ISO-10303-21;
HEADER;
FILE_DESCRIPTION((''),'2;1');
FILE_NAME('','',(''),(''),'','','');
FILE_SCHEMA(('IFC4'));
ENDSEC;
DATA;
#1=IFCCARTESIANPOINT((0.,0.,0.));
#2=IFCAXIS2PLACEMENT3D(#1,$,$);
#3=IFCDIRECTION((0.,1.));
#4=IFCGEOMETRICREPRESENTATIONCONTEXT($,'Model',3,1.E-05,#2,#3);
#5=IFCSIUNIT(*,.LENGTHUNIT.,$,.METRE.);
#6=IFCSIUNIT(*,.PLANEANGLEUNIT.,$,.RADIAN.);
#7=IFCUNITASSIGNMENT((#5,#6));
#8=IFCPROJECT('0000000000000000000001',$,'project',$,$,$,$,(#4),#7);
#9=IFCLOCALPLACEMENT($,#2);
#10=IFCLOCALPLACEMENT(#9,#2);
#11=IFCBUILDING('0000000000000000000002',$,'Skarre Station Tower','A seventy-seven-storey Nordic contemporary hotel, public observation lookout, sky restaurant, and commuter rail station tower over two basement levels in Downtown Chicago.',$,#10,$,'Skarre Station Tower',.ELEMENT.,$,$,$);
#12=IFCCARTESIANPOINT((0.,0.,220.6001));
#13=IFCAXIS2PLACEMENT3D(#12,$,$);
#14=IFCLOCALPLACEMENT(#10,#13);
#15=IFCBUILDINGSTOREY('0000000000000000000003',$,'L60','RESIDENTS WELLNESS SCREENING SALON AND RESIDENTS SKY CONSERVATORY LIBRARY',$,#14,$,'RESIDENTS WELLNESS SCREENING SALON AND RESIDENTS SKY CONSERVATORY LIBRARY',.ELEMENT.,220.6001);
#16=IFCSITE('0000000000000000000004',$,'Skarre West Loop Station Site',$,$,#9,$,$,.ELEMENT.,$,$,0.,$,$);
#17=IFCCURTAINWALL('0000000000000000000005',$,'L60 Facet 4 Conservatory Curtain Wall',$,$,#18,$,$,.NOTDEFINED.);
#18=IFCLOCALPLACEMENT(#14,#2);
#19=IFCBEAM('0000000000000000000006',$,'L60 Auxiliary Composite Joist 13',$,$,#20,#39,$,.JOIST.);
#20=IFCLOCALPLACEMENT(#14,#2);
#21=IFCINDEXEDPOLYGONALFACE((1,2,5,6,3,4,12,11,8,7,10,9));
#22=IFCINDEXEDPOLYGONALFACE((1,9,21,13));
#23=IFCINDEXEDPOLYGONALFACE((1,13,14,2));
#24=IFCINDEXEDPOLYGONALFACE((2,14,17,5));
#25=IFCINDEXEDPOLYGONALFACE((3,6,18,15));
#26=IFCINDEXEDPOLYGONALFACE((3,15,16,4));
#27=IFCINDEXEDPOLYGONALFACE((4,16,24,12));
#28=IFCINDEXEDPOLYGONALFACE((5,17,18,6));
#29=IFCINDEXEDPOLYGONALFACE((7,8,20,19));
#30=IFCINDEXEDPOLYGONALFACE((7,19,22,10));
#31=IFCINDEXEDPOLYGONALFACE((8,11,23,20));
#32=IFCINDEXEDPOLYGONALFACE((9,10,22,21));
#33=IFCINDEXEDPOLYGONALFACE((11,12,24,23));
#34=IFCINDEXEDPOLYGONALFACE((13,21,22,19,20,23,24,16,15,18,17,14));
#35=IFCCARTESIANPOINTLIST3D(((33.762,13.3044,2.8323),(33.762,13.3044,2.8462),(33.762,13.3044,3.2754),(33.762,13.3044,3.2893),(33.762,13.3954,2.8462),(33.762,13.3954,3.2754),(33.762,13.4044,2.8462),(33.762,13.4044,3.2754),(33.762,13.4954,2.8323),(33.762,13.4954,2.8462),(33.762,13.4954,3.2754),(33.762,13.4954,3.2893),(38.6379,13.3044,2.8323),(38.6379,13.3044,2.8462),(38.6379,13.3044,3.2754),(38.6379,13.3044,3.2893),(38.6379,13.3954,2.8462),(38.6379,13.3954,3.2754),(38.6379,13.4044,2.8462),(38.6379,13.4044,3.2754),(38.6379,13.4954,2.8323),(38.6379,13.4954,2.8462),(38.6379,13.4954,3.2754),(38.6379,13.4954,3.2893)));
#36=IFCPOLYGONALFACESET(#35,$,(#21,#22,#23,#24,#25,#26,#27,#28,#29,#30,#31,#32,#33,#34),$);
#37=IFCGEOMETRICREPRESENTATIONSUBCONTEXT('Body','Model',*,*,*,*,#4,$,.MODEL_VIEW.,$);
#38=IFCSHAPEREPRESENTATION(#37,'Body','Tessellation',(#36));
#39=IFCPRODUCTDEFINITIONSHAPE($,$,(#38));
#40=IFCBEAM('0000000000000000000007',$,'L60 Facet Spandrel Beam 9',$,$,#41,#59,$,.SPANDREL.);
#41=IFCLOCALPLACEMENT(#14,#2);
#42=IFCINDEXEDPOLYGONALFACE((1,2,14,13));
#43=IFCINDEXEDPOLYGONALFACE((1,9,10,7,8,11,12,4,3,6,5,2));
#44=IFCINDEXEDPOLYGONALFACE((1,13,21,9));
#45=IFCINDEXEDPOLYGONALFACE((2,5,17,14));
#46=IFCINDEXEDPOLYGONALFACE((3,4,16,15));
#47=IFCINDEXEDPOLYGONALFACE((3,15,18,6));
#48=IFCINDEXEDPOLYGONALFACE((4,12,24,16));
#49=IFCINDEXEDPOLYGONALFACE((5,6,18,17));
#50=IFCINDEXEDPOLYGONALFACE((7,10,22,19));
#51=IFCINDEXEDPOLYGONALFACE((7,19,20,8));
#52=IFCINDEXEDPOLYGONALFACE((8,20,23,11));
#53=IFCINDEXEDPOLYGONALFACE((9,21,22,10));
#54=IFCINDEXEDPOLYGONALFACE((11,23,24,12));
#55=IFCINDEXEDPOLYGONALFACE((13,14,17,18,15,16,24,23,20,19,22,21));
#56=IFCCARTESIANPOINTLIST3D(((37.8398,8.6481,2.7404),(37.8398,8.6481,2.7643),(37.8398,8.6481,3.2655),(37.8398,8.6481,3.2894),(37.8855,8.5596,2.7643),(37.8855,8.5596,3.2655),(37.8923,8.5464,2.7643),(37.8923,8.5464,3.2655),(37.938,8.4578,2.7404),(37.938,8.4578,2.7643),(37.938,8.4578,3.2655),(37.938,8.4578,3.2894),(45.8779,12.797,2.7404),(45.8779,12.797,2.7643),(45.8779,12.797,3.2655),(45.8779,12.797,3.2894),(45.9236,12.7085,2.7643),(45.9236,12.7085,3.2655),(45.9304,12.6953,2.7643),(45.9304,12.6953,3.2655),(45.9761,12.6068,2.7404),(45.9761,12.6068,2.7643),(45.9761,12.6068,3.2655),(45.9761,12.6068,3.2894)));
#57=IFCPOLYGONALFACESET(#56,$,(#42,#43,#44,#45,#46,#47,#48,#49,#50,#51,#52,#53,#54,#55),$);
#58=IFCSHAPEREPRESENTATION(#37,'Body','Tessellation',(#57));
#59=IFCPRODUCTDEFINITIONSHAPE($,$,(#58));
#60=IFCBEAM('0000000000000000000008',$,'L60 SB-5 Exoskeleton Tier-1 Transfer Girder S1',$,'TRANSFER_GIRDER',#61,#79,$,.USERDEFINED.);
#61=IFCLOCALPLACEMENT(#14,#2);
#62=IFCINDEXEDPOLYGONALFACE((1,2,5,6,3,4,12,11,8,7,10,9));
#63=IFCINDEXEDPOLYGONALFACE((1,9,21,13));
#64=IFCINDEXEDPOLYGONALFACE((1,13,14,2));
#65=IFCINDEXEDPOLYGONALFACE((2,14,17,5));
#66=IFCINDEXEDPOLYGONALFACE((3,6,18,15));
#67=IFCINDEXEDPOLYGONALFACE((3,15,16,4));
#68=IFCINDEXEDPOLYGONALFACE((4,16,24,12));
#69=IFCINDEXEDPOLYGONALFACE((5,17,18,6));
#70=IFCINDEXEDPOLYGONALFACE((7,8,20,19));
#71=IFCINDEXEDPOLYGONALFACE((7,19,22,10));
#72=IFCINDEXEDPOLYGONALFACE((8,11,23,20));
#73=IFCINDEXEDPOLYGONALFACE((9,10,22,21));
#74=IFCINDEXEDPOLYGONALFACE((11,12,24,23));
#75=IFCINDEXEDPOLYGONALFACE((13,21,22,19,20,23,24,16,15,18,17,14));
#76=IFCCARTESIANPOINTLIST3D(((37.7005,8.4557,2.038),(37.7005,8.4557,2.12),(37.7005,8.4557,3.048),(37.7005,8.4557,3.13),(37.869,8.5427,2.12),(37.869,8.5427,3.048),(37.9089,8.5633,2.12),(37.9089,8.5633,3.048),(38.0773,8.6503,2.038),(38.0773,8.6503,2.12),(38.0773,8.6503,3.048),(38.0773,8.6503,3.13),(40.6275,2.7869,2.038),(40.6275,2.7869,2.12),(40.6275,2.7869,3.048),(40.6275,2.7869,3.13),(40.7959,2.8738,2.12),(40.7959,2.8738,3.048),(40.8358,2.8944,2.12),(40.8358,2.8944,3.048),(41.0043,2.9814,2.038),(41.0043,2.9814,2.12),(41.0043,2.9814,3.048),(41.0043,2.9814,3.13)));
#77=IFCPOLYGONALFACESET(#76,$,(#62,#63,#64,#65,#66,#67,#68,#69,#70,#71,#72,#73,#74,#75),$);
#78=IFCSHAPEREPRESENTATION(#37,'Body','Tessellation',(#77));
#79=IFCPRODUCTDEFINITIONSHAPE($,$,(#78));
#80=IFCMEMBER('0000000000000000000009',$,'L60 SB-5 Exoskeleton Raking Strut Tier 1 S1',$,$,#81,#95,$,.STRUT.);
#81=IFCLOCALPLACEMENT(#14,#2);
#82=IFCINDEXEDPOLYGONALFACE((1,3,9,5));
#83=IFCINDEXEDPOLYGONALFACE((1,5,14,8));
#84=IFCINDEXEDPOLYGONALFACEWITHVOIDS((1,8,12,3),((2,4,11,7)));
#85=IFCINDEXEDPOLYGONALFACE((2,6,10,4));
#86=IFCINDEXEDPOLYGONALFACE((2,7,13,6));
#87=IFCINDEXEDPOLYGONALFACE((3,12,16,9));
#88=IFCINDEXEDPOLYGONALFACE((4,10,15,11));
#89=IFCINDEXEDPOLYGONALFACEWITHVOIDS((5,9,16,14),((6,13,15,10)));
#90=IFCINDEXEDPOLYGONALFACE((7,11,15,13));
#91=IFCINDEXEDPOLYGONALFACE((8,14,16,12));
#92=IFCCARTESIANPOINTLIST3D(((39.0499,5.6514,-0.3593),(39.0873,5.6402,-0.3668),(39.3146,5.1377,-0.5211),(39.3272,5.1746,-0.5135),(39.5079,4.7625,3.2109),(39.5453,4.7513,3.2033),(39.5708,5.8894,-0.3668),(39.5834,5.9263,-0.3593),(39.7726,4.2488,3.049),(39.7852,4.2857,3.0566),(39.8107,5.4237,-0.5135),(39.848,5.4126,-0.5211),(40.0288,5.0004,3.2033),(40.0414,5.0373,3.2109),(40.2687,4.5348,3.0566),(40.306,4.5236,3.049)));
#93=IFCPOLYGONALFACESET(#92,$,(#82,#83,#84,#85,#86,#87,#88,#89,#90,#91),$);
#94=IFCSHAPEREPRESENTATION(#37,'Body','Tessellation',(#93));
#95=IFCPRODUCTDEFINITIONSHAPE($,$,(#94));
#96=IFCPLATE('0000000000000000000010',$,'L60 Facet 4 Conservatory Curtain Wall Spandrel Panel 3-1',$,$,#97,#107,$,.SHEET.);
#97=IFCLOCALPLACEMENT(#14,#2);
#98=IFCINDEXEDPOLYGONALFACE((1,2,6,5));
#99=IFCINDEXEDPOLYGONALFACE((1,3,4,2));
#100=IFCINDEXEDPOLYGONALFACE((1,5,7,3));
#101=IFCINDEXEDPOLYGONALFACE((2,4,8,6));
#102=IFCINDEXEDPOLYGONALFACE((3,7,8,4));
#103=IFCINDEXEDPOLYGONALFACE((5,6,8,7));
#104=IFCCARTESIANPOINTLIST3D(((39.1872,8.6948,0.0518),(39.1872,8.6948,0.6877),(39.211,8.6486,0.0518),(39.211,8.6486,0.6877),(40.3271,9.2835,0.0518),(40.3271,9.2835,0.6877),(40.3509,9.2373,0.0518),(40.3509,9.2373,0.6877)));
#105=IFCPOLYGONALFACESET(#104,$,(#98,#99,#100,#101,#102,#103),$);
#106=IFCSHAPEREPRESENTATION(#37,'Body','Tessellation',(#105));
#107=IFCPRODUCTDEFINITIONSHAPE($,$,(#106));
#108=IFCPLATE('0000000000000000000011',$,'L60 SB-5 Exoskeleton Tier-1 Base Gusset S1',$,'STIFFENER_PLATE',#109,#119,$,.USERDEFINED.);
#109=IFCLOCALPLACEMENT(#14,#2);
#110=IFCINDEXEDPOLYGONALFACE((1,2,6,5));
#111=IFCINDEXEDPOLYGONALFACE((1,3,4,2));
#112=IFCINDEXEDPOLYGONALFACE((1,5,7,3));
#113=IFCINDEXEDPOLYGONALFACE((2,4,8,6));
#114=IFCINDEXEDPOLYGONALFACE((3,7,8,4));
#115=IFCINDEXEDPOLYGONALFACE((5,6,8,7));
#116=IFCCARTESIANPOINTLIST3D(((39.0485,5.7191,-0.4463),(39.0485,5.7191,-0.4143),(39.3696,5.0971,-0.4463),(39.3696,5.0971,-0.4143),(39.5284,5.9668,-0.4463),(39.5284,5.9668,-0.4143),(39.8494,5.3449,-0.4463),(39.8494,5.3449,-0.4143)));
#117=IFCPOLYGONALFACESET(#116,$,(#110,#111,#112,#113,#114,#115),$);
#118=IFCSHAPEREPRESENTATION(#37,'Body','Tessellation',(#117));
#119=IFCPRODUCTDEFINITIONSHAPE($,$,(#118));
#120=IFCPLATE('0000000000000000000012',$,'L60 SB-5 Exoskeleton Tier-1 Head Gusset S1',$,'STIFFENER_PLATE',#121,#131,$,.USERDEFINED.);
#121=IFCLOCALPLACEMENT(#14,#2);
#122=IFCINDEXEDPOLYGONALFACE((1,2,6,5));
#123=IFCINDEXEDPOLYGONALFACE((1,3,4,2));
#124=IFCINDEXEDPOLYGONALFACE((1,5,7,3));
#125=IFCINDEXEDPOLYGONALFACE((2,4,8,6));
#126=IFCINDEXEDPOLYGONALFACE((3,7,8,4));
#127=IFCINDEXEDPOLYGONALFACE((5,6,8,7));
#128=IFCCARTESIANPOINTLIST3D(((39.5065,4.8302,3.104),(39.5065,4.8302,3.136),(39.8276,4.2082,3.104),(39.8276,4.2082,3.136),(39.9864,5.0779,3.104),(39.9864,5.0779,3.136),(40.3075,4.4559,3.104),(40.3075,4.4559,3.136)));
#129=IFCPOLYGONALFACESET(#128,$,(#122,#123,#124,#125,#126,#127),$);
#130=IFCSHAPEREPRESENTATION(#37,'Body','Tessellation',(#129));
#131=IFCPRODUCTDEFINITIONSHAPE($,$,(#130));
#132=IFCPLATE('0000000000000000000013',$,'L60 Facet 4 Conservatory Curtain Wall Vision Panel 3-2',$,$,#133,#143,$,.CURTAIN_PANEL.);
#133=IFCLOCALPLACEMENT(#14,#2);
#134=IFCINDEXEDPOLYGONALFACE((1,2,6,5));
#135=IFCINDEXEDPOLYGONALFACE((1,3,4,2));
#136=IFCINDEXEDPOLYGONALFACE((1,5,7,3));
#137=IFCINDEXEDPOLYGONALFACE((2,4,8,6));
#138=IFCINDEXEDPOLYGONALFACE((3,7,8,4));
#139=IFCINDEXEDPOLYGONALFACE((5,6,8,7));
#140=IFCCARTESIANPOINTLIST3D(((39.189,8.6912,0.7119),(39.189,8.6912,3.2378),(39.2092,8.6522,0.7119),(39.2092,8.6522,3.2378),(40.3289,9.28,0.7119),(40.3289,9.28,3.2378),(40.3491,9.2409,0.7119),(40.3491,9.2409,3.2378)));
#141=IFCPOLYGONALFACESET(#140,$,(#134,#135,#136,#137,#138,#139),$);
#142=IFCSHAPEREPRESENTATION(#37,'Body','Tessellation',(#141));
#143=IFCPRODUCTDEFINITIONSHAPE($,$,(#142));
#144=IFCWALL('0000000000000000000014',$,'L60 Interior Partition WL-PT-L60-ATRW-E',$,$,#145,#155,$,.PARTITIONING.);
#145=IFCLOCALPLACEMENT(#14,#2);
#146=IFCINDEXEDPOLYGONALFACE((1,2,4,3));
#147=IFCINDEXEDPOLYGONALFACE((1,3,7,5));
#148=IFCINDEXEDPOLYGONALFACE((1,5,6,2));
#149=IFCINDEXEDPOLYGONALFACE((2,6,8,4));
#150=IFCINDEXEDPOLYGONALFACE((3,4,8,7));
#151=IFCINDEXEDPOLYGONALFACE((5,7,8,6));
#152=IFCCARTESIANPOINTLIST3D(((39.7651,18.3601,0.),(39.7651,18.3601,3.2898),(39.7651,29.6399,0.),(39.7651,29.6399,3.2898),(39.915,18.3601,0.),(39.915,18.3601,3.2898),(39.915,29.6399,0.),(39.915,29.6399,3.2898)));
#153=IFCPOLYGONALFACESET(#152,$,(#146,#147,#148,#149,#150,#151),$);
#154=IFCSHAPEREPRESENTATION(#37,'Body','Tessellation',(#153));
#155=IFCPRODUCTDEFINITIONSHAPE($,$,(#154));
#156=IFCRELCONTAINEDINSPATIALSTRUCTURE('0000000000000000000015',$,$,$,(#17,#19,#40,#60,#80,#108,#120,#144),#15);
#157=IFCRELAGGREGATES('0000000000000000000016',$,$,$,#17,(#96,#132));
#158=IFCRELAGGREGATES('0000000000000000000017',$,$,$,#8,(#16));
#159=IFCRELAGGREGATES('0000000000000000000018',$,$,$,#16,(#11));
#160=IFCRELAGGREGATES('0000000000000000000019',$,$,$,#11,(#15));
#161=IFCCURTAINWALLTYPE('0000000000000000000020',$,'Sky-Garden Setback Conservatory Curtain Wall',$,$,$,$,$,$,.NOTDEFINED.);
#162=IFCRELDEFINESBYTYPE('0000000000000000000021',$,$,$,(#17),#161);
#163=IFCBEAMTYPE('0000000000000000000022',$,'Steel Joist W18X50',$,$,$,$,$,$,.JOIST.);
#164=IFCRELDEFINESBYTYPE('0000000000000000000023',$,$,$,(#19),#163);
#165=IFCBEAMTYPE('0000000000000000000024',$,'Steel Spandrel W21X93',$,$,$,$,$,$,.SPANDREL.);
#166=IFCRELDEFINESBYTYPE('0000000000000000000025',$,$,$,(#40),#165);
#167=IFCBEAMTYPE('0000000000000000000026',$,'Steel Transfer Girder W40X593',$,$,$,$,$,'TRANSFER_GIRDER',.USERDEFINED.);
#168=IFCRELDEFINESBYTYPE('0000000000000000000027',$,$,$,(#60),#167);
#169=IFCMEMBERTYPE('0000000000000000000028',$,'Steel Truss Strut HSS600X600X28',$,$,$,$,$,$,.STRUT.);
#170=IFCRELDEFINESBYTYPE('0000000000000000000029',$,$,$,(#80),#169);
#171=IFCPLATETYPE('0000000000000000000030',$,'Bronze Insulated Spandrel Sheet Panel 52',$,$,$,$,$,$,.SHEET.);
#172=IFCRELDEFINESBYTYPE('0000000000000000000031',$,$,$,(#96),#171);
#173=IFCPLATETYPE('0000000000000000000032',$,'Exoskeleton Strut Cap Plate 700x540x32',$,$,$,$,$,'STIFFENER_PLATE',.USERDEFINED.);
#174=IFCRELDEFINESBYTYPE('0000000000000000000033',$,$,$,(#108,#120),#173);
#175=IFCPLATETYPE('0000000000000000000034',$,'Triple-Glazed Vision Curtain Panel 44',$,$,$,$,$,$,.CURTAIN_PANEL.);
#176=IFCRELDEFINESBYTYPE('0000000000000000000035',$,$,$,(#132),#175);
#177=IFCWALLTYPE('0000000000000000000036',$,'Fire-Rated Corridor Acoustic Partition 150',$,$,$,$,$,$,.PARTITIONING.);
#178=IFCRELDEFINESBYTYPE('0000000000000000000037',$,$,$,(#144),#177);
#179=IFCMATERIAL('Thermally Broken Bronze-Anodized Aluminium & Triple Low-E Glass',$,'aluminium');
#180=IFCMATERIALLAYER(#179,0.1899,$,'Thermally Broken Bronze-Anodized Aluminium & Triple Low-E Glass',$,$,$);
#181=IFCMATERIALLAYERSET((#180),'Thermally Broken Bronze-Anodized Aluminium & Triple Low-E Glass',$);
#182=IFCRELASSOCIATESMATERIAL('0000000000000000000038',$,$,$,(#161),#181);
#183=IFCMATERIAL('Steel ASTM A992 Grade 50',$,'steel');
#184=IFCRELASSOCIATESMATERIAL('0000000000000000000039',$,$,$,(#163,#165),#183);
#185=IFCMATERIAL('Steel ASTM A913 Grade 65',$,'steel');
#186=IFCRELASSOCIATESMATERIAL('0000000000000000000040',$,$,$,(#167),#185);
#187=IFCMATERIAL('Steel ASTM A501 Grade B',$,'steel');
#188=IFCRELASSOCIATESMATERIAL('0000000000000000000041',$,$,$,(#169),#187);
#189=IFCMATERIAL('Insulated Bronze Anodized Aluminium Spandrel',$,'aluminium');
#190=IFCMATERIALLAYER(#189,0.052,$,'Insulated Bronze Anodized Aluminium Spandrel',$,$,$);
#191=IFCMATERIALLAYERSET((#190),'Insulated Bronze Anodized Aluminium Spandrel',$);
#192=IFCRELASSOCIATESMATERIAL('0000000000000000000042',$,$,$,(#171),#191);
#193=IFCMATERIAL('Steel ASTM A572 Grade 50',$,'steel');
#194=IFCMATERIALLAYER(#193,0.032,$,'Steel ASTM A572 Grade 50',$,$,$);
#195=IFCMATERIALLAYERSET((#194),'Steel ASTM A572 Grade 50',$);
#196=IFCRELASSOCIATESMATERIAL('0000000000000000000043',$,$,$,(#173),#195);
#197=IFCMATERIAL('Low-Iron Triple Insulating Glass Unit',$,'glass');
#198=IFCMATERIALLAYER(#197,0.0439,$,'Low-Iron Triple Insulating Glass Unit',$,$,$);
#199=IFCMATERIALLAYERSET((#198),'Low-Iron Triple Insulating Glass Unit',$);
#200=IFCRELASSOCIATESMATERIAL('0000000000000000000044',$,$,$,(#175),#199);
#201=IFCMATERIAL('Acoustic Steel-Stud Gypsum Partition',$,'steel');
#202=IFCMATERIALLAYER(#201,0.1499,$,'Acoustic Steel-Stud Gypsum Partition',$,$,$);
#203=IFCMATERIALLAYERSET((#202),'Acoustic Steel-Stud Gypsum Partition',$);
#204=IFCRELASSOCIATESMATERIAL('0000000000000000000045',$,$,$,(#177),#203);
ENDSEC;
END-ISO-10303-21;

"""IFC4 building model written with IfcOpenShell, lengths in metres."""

from ifc_helpers import new_model, si_unit, direction, frame, frame_2d, origin, origin_2d, place, context, subcontext, project, spatial, rectangle, hollow_rectangle, i_section, extrude, material, layer, layer_set, material_profile, profile_set, type_object, element, aggregate, save


model = new_model("IFC4")

# Units and contexts
model_context = context("Model", 3, precision=1e-05, world=origin(), true_north=direction((0.0, 1.0)))
body_context = subcontext(model_context, "Body", "Model", "MODEL_VIEW")
ifc_project = project(units=[si_unit("LENGTHUNIT", "METRE"), si_unit("PLANEANGLEUNIT", "RADIAN")], contexts=[model_context])

# Site, building, storey
site_placement = place(None, origin())
site = spatial("IfcSite", under=ifc_project, at=site_placement, Name="Skarre West Loop Station Site", CompositionType="ELEMENT", RefElevation=0.0)
building_placement = place(site_placement, origin())
building = spatial("IfcBuilding", under=site, at=building_placement, Name="Skarre Station Tower", Description="A seventy-seven-storey Nordic contemporary hotel, public observation lookout, sky restaurant, and commuter rail station tower over two basement levels in Downtown Chicago.", LongName="Skarre Station Tower", CompositionType="ELEMENT")
storey_placement = place(building_placement, frame((0.0, 0.0, 220.6001)))
storey = spatial("IfcBuildingStorey", under=building, at=storey_placement, Name="L60", Description="RESIDENTS WELLNESS SCREENING SALON AND RESIDENTS SKY CONSERVATORY LIBRARY", LongName="RESIDENTS WELLNESS SCREENING SALON AND RESIDENTS SKY CONSERVATORY LIBRARY", CompositionType="ELEMENT", Elevation=220.6001)

# Shared definitions
ifc_material_1 = material(Name="Steel ASTM A913 Grade 65", Category="steel")

# Curtain wall
ifc_material_2 = material(Name="Thermally Broken Bronze-Anodized Aluminium & Triple Low-E Glass", Category="aluminium")
ifc_layer_1 = layer(ifc_material_2, 0.1899, Name="Thermally Broken Bronze-Anodized Aluminium & Triple Low-E Glass")
ifc_layer_set_1 = layer_set([ifc_layer_1], Name="Thermally Broken Bronze-Anodized Aluminium & Triple Low-E Glass")
curtain_wall_type = type_object("IfcCurtainWallType", Name="Sky-Garden Setback Conservatory Curtain Wall", PredefinedType="NOTDEFINED", material=ifc_layer_set_1)
curtain_wall_placement = place(storey_placement, origin())
curtain_wall = element("IfcCurtainWall", 1, at=curtain_wall_placement, inside=storey, type_object=curtain_wall_type, Name="L60 Facet 4 Conservatory Curtain Wall", PredefinedType="NOTDEFINED")

# Beams
ifc_material_3 = material(Name="Steel ASTM A992 Grade 50", Category="steel")
ifc_material_profile_1 = material_profile(ifc_material_3, i_section(OverallWidth=0.1909, OverallDepth=0.457, WebThickness=0.009, FlangeThickness=0.0139, at=origin_2d()), Name="Steel ASTM A992 Grade 50")
ifc_profile_set_1 = profile_set([ifc_material_profile_1], Name="Steel ASTM A992 Grade 50")
beam_type_1 = type_object("IfcBeamType", Name="Steel Joist W18X50", PredefinedType="JOIST", material=ifc_profile_set_1)
beam_1_placement = place(storey_placement, frame((33.762, 13.3999, 3.0608), z_axis=(1.0, 0.0, 0.0), x_axis=(0.0, 1.0, 0.0)))
element("IfcBeam", 2, at=beam_1_placement, inside=storey, type_object=beam_type_1, Name="L60 Auxiliary Composite Joist 13", PredefinedType="JOIST", context=body_context, shape_type="SweptSolid", body=[
    extrude(i_section(OverallWidth=0.1909, OverallDepth=0.457, WebThickness=0.009, FlangeThickness=0.0139, at=origin_2d()), origin(), (0.0, 0.0, 1.0), 4.876),
])
ifc_material_profile_2 = material_profile(ifc_material_3, i_section(OverallWidth=0.2141, OverallDepth=0.5491, WebThickness=0.0149, FlangeThickness=0.0239, at=origin_2d()), Name="Steel ASTM A992 Grade 50")
ifc_profile_set_2 = profile_set([ifc_material_profile_2], Name="Steel ASTM A992 Grade 50")
beam_type_2 = type_object("IfcBeamType", Name="Steel Spandrel W21X93", PredefinedType="SPANDREL", material=ifc_profile_set_2)
beam_2_placement = place(storey_placement, frame((37.8889, 8.553, 3.0149), z_axis=(0.88861, 0.458664, 0.0), x_axis=(-0.458664, 0.88861, 0.0)))
element("IfcBeam", 3, at=beam_2_placement, inside=storey, type_object=beam_type_2, Name="L60 Facet Spandrel Beam 9", PredefinedType="SPANDREL", context=body_context, shape_type="SweptSolid", body=[
    extrude(i_section(OverallWidth=0.2141, OverallDepth=0.5491, WebThickness=0.0149, FlangeThickness=0.0239, at=origin_2d()), origin(), (0.0, 0.0, 1.0), 9.0457),
])
ifc_material_profile_3 = material_profile(ifc_material_1, i_section(OverallWidth=0.4241, OverallDepth=1.092, WebThickness=0.0449, FlangeThickness=0.082, at=origin_2d()), Name="Steel ASTM A913 Grade 65")
ifc_profile_set_3 = profile_set([ifc_material_profile_3], Name="Steel ASTM A913 Grade 65")
beam_type_3 = type_object("IfcBeamType", Name="Steel Transfer Girder W40X593", ElementType="TRANSFER_GIRDER", PredefinedType="USERDEFINED", material=ifc_profile_set_3)
beam_3_placement = place(storey_placement, frame((37.8889, 8.553, 2.584), z_axis=(0.458778, -0.888551, 0.0), x_axis=(0.888551, 0.458778, 0.0)))
element("IfcBeam", 4, at=beam_3_placement, inside=storey, type_object=beam_type_3, Name="L60 SB-5 Exoskeleton Tier-1 Transfer Girder S1", ObjectType="TRANSFER_GIRDER", PredefinedType="USERDEFINED", context=body_context, shape_type="SweptSolid", body=[
    extrude(i_section(OverallWidth=0.4241, OverallDepth=1.092, WebThickness=0.0449, FlangeThickness=0.082, at=origin_2d()), origin(), (0.0, 0.0, 1.0), 6.3799),
])

# Member
ifc_material_4 = material(Name="Steel ASTM A501 Grade B", Category="steel")
ifc_material_profile_4 = material_profile(ifc_material_4, hollow_rectangle(XDim=0.6001, YDim=0.6001, WallThickness=0.0281, at=origin_2d()), Name="Steel ASTM A501 Grade B")
ifc_profile_set_4 = profile_set([ifc_material_profile_4], Name="Steel ASTM A501 Grade B")
member_type_1 = type_object("IfcMemberType", Name="Steel Truss Strut HSS600X600X28", PredefinedType="STRUT", material=ifc_profile_set_4)
member_1_placement = place(storey_placement, frame((39.449, 5.532, -0.4402), z_axis=(0.123536, -0.239764, 0.962939), x_axis=(0.888941, 0.458021, 0.0)))
element("IfcMember", 5, at=member_1_placement, inside=storey, type_object=member_type_1, Name="L60 SB-5 Exoskeleton Raking Strut Tier 1 S1", PredefinedType="STRUT", context=body_context, shape_type="SweptSolid", body=[
    extrude(hollow_rectangle(XDim=0.6001, YDim=0.6001, WallThickness=0.0281, at=origin_2d()), origin(), (0.0, 0.0, 1.0), 3.7075),
])

# Plate
ifc_material_5 = material(Name="Insulated Bronze Anodized Aluminium Spandrel", Category="aluminium")
ifc_layer_2 = layer(ifc_material_5, 0.052, Name="Insulated Bronze Anodized Aluminium Spandrel")
ifc_layer_set_2 = layer_set([ifc_layer_2], Name="Insulated Bronze Anodized Aluminium Spandrel")
plate_type_1 = type_object("IfcPlateType", Name="Bronze Insulated Spandrel Sheet Panel 52", PredefinedType="SHEET", material=ifc_layer_set_2)
plate_1_placement = place(storey_placement, frame((39.769, 8.9661, 0.0518), z_axis=(0.0, 0.0, 1.0), x_axis=(-0.888481, -0.458913, 0.0)))
plate_1 = element("IfcPlate", 6, at=plate_1_placement, type_object=plate_type_1, Name="L60 Facet 4 Conservatory Curtain Wall Spandrel Panel 3-1", PredefinedType="SHEET", context=body_context, shape_type="SweptSolid", body=[
    extrude(rectangle(XDim=1.283, YDim=0.052, at=origin_2d()), origin(), (0.0, 0.0, 1.0), 0.636),
])

# Plates
ifc_material_6 = material(Name="Steel ASTM A572 Grade 50", Category="steel")
ifc_layer_3 = layer(ifc_material_6, 0.032, Name="Steel ASTM A572 Grade 50")
ifc_layer_set_3 = layer_set([ifc_layer_3], Name="Steel ASTM A572 Grade 50")
plate_type_2 = type_object("IfcPlateType", Name="Exoskeleton Strut Cap Plate 700x540x32", ElementType="STIFFENER_PLATE", PredefinedType="USERDEFINED", material=ifc_layer_set_3)
for number, where, z_axis, x_axis, name in (
    (7, (39.449, 5.532, -0.4463), (0.0, 0.0, 1.0), (0.458712, -0.888585, 0.0), "L60 SB-5 Exoskeleton Tier-1 Base Gusset S1"),
    (8, (39.907, 4.6431, 3.104), (0.0, 0.0, 1.0), (0.458712, -0.888585, 0.0), "L60 SB-5 Exoskeleton Tier-1 Head Gusset S1"),
):
    element("IfcPlate", number, at=place(storey_placement, frame(where, z_axis=z_axis, x_axis=x_axis)), inside=storey, type_object=plate_type_2, Name=name, ObjectType="STIFFENER_PLATE", PredefinedType="USERDEFINED", context=body_context, shape_type="SweptSolid", body=[
        extrude(rectangle(XDim=0.7, YDim=0.54, at=origin_2d()), origin(), (0.0, 0.0, 1.0), 0.032),
    ])

# Plate
ifc_material_7 = material(Name="Low-Iron Triple Insulating Glass Unit", Category="glass")
ifc_layer_4 = layer(ifc_material_7, 0.0439, Name="Low-Iron Triple Insulating Glass Unit")
ifc_layer_set_4 = layer_set([ifc_layer_4], Name="Low-Iron Triple Insulating Glass Unit")
plate_type_3 = type_object("IfcPlateType", Name="Triple-Glazed Vision Curtain Panel 44", PredefinedType="CURTAIN_PANEL", material=ifc_layer_set_4)
plate_2_placement = place(storey_placement, frame((39.769, 8.9661, 0.7119), z_axis=(0.0, 0.0, 1.0), x_axis=(-0.888481, -0.458913, 0.0)))
plate_2 = element("IfcPlate", 9, at=plate_2_placement, type_object=plate_type_3, Name="L60 Facet 4 Conservatory Curtain Wall Vision Panel 3-2", PredefinedType="CURTAIN_PANEL", context=body_context, shape_type="SweptSolid", body=[
    extrude(rectangle(XDim=1.283, YDim=0.0439, at=origin_2d()), origin(), (0.0, 0.0, 1.0), 2.5259),
])
aggregate(curtain_wall, [plate_1, plate_2])

# Wall
ifc_material_8 = material(Name="Acoustic Steel-Stud Gypsum Partition", Category="steel")
ifc_layer_5 = layer(ifc_material_8, 0.1499, Name="Acoustic Steel-Stud Gypsum Partition")
ifc_layer_set_5 = layer_set([ifc_layer_5], Name="Acoustic Steel-Stud Gypsum Partition")
wall_type_1 = type_object("IfcWallType", Name="Fire-Rated Corridor Acoustic Partition 150", PredefinedType="PARTITIONING", material=ifc_layer_set_5)
wall_1_placement = place(storey_placement, frame((39.8401, 18.3601, 0.0), z_axis=(0.0, 0.0, 1.0), x_axis=(0.0, 1.0, 0.0)))
element("IfcWall", 10, at=wall_1_placement, inside=storey, type_object=wall_type_1, Name="L60 Interior Partition WL-PT-L60-ATRW-E", PredefinedType="PARTITIONING", context=body_context, shape_type="SweptSolid", body=[
    extrude(rectangle(XDim=11.2798, YDim=0.1499, at=frame_2d((5.6399, 0.0))), origin(), (0.0, 0.0, 1.0), 3.2898),
])

save(model, "model.ifc")
